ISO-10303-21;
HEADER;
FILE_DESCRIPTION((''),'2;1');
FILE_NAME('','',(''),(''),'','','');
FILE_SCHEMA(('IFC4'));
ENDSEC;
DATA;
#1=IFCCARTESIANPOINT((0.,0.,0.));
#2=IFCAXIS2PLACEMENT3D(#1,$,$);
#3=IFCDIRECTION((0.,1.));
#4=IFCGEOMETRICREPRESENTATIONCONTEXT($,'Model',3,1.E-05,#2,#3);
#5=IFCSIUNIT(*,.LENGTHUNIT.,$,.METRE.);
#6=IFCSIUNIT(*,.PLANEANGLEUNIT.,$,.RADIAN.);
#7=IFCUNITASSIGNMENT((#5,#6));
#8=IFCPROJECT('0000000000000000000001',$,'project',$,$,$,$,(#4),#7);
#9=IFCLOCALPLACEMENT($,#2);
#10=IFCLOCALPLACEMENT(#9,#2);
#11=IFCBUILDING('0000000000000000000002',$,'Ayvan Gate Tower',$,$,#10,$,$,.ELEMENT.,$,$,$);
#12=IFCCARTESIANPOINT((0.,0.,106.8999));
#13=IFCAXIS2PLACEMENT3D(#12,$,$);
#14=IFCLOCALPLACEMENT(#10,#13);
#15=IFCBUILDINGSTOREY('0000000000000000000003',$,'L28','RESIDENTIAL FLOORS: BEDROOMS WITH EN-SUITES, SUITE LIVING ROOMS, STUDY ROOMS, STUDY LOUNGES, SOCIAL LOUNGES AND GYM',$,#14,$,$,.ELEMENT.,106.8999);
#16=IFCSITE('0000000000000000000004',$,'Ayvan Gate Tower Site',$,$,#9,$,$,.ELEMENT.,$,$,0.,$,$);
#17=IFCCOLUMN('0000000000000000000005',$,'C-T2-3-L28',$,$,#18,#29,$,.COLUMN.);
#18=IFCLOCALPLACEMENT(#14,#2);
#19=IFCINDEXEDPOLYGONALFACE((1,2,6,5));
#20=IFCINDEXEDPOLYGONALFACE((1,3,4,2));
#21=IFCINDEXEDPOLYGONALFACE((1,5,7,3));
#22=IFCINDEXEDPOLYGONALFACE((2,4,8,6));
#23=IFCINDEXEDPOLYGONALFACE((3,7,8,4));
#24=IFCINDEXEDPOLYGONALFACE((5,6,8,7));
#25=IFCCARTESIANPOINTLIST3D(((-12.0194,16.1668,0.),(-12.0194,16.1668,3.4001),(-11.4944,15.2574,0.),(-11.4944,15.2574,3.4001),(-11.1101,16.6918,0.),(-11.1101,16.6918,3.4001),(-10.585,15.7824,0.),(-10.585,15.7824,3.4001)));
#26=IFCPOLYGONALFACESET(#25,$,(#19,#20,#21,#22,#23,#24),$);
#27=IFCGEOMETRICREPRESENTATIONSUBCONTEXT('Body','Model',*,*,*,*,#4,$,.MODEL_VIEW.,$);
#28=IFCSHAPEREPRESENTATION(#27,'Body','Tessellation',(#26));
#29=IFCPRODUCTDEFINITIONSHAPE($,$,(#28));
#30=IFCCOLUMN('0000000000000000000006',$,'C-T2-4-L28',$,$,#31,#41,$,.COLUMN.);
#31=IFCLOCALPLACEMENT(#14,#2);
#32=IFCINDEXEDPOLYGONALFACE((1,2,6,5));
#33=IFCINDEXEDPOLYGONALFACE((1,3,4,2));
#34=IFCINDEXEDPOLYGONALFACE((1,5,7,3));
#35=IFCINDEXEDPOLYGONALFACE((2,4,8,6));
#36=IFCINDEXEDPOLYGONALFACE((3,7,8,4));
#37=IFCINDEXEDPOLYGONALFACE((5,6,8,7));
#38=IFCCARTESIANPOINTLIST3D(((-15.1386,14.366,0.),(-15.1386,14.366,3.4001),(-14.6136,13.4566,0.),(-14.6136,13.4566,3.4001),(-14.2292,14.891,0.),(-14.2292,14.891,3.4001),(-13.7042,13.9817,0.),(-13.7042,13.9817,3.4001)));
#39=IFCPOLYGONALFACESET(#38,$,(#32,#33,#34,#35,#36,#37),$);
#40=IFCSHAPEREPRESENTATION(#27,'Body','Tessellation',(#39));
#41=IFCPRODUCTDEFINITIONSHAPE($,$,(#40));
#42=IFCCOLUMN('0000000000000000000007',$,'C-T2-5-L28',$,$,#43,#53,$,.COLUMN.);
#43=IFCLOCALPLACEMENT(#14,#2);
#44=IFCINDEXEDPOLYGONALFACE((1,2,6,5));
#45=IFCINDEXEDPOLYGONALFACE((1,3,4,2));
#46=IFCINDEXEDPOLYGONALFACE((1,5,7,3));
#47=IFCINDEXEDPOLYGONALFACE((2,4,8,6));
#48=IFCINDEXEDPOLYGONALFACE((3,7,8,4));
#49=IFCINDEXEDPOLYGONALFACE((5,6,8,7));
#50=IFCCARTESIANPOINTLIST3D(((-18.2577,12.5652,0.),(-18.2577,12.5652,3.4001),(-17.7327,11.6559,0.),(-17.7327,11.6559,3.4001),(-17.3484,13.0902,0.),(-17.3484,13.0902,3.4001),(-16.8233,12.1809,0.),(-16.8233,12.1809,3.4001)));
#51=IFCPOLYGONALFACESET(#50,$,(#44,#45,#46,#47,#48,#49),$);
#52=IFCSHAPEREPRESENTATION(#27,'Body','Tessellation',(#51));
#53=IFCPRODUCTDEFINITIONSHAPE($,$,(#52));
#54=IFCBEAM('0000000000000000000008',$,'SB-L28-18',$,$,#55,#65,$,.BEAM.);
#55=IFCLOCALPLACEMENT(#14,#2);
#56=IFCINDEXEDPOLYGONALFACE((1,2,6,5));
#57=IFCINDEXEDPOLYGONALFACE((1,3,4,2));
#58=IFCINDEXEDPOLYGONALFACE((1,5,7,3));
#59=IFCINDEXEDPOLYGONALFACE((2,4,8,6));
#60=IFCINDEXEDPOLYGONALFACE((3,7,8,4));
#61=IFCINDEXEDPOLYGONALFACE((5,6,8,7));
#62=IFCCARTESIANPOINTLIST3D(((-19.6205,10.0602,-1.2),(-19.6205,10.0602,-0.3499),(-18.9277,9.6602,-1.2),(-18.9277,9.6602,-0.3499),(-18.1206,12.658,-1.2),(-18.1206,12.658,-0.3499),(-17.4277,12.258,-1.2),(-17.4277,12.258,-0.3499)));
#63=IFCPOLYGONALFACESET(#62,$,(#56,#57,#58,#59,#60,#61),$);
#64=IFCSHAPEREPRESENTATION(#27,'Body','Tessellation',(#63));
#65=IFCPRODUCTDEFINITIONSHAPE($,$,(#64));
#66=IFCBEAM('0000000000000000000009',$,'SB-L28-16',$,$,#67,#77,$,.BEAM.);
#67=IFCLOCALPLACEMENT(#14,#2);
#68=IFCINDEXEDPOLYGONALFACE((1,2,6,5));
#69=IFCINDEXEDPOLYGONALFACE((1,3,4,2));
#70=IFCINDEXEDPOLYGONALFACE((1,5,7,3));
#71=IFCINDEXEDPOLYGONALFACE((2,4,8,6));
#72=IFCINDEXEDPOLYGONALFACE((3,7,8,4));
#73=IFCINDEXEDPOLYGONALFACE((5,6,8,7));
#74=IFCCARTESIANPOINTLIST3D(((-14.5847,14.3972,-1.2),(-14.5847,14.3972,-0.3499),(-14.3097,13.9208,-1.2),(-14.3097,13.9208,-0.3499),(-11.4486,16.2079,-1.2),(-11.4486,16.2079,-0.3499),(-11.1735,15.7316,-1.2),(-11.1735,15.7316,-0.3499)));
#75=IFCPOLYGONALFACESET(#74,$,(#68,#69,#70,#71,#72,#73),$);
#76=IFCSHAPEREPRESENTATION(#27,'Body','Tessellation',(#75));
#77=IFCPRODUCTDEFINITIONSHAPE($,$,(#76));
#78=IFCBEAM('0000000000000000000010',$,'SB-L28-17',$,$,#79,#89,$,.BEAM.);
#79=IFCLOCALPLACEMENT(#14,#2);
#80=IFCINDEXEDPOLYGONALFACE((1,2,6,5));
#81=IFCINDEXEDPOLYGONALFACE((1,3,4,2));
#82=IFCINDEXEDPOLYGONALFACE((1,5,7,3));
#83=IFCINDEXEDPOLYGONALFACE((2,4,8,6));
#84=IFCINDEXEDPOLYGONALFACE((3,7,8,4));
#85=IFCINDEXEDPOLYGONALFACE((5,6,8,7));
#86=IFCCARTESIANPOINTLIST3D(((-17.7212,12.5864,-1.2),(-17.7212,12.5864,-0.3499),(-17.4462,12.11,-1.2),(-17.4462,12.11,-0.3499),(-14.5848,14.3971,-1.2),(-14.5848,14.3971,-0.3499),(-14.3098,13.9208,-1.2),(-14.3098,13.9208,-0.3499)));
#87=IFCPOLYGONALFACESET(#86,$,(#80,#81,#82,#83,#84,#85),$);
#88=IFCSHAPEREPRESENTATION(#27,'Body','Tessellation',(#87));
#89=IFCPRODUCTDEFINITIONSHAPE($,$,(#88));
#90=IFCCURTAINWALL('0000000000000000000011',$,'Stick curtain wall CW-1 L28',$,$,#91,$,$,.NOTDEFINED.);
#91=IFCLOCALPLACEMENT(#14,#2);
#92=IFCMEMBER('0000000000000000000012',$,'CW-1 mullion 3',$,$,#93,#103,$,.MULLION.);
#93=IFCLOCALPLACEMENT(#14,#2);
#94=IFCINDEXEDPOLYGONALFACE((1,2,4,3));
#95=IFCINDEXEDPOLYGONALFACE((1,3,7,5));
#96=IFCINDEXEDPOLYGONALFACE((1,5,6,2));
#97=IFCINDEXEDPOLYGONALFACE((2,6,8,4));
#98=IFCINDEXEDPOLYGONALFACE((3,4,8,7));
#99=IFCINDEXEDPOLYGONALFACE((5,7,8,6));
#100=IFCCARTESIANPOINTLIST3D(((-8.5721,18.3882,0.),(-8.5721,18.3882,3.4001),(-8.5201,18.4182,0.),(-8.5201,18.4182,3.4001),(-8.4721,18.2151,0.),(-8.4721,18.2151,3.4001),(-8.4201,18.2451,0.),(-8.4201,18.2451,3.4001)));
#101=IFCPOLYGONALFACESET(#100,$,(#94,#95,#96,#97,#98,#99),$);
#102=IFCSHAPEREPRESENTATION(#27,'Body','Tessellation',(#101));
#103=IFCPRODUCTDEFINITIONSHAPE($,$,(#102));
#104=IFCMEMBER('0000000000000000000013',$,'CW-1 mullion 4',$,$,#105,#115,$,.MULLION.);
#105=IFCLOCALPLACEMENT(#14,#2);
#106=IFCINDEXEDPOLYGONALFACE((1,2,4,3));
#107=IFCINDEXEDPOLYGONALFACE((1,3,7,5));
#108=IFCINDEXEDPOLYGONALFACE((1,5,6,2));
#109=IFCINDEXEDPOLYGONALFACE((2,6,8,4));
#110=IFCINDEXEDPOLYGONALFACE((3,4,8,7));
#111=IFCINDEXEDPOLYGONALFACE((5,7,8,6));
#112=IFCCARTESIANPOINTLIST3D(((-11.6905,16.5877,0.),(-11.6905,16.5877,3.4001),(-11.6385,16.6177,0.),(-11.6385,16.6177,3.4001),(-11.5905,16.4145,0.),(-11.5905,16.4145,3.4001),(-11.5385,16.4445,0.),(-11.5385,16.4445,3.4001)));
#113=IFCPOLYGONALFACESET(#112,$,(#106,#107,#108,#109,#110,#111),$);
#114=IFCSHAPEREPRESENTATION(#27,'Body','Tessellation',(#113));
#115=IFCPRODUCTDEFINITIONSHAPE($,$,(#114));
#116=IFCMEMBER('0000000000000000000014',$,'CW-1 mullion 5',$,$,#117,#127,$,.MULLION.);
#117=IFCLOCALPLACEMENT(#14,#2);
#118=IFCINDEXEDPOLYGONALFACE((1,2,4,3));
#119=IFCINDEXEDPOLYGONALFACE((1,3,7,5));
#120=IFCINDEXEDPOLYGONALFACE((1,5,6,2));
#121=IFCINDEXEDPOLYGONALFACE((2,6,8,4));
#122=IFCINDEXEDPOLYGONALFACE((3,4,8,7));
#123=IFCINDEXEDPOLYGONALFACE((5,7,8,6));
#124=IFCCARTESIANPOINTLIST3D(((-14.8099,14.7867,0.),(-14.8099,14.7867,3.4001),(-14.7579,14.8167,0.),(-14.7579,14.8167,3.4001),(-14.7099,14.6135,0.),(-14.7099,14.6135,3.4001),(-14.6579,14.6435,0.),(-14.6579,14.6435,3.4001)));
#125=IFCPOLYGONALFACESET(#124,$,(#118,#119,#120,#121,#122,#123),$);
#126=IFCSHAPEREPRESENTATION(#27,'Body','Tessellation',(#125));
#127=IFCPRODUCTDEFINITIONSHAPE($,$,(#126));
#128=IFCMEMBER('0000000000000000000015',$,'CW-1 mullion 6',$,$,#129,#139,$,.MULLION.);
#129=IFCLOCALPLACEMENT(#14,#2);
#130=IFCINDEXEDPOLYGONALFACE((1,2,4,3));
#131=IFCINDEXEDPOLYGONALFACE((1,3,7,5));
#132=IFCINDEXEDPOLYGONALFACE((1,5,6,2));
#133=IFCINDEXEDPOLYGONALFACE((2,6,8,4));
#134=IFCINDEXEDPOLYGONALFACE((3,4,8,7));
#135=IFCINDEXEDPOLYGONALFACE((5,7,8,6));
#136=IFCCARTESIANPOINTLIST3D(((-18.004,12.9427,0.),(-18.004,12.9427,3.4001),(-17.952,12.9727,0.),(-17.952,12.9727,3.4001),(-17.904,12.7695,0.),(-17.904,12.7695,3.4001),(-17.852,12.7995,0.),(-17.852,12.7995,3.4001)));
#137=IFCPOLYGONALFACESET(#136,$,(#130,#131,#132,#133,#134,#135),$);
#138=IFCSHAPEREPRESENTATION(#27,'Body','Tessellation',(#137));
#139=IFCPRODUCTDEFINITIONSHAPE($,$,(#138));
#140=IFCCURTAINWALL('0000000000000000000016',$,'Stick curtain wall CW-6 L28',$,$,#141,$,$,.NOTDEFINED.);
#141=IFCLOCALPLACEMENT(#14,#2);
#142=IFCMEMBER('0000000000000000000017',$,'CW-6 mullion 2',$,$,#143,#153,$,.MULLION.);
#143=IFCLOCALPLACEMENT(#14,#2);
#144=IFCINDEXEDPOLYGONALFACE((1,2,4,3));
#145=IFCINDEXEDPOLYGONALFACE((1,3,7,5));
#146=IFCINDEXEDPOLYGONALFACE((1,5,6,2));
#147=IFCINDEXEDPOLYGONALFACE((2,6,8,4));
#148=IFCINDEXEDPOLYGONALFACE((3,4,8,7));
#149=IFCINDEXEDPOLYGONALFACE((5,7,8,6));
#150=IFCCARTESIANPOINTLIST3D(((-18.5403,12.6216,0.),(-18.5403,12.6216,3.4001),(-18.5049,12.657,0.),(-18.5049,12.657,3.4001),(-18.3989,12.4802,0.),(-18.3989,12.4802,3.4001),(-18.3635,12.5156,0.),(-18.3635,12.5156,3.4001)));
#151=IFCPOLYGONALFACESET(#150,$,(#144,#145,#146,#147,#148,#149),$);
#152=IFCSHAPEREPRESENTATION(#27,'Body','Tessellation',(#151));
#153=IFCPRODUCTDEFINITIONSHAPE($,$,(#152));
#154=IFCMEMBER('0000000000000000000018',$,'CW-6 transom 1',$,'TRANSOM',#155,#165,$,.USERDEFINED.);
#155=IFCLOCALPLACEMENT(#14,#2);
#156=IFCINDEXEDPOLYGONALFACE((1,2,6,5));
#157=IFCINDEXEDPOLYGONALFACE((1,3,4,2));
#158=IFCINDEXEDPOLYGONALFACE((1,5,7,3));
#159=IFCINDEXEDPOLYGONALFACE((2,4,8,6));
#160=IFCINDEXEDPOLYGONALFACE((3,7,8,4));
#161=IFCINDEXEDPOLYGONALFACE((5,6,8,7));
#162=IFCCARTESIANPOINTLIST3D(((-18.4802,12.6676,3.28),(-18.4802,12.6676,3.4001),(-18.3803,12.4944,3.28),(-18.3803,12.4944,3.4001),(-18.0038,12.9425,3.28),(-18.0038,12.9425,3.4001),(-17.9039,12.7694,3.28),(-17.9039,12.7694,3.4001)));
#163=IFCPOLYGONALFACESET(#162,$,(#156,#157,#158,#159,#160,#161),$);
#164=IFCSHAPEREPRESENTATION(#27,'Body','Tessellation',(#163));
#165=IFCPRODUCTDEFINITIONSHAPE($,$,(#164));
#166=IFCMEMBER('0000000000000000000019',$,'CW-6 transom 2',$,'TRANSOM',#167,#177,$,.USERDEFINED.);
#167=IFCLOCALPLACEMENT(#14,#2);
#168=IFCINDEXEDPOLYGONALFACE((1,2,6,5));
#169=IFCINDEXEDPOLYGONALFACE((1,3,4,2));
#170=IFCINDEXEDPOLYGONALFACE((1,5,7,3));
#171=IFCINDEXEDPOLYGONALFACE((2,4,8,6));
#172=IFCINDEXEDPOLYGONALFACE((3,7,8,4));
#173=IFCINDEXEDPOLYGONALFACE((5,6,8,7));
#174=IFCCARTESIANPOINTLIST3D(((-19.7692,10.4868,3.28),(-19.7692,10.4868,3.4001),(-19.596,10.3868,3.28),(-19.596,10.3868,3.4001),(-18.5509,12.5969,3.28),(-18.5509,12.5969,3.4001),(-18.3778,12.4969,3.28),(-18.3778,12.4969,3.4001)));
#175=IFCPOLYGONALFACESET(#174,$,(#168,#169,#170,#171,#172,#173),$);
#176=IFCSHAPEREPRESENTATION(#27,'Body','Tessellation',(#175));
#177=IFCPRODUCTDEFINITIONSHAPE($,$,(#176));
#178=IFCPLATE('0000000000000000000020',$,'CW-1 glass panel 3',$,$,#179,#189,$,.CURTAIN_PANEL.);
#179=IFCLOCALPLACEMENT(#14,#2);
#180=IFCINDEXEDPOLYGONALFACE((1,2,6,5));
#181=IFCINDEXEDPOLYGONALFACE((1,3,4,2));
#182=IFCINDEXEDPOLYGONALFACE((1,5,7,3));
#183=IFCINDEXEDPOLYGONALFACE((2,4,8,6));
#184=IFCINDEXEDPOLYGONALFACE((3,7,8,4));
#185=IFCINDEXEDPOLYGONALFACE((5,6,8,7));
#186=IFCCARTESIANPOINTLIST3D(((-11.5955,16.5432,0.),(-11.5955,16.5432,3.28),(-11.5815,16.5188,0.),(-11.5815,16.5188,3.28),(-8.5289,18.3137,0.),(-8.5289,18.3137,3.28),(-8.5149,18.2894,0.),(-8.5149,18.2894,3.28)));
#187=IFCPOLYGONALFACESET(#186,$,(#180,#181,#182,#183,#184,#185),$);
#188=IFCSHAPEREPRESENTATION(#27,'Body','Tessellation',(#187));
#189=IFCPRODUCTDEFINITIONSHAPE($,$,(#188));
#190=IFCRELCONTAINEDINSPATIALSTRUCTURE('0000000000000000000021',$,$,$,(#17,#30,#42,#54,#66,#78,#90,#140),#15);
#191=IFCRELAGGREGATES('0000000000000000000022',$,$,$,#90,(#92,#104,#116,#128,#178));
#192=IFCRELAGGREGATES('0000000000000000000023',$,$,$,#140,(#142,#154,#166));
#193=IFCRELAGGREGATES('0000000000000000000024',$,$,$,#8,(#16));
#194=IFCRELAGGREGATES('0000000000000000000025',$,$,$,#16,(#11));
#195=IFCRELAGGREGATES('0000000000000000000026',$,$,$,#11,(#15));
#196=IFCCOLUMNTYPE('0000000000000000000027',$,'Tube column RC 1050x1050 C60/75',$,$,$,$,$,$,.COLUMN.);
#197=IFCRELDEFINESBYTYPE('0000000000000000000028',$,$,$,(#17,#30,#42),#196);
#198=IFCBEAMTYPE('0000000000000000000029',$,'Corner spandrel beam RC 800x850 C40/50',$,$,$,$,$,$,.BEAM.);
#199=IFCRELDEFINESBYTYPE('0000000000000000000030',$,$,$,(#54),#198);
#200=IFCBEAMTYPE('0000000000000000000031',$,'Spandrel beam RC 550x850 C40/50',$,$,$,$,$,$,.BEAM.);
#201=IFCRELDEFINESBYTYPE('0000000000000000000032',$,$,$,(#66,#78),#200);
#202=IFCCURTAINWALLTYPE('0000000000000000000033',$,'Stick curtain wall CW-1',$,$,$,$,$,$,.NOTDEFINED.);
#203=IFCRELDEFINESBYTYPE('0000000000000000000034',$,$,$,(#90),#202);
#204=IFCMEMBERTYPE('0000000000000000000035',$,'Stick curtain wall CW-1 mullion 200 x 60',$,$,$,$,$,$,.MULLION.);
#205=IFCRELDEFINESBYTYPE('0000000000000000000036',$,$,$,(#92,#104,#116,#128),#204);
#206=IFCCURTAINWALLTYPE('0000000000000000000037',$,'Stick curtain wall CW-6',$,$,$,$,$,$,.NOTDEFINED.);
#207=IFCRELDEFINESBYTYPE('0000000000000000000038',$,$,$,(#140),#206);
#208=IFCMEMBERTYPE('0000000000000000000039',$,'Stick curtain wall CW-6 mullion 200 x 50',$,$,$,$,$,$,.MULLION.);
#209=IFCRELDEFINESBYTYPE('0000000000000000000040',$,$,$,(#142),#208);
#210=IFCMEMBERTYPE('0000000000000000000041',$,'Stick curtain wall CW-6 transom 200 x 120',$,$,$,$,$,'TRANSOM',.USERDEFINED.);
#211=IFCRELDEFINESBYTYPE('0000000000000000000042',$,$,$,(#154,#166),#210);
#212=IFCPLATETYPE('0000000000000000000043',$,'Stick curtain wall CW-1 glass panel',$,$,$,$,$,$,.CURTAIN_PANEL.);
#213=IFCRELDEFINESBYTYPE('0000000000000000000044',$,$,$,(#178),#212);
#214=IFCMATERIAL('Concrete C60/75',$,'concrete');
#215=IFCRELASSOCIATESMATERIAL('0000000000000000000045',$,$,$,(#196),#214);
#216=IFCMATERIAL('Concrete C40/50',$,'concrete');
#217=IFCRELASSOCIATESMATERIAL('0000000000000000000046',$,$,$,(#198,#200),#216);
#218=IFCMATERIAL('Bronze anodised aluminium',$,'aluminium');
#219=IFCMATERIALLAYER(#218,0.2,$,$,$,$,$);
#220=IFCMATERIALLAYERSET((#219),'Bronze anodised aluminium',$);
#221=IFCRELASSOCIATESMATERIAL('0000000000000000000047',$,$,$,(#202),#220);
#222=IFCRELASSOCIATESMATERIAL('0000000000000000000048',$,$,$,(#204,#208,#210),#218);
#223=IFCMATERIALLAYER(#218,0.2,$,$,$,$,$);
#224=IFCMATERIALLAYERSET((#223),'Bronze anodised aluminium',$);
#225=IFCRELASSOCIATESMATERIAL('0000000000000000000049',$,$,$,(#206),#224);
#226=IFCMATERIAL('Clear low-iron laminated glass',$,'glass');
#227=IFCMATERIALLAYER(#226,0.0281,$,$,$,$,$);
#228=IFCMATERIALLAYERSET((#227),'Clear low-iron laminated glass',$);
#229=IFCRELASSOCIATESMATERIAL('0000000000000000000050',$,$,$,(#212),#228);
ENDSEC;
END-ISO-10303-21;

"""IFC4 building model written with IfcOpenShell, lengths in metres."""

from ifc_helpers import new_model, si_unit, direction, frame, origin, origin_2d, place, context, subcontext, project, spatial, rectangle, extrude, material, layer, layer_set, material_profile, profile_set, type_object, element, aggregate, save


model = new_model("IFC4")

# Units and contexts
model_context = context("Model", 3, precision=1e-05, world=origin(), true_north=direction((0.0, 1.0)))
body_context = subcontext(model_context, "Body", "Model", "MODEL_VIEW")
ifc_project = project(units=[si_unit("LENGTHUNIT", "METRE"), si_unit("PLANEANGLEUNIT", "RADIAN")], contexts=[model_context])

# Site, building, storey
site_placement = place(None, origin())
site = spatial("IfcSite", under=ifc_project, at=site_placement, Name="Ayvan Gate Tower Site", CompositionType="ELEMENT", RefElevation=0.0)
building_placement = place(site_placement, origin())
building = spatial("IfcBuilding", under=site, at=building_placement, Name="Ayvan Gate Tower", CompositionType="ELEMENT")
storey_placement = place(building_placement, frame((0.0, 0.0, 106.8999)))
storey = spatial("IfcBuildingStorey", under=building, at=storey_placement, Name="L28", Description="RESIDENTIAL FLOORS: BEDROOMS WITH EN-SUITES, SUITE LIVING ROOMS, STUDY ROOMS, STUDY LOUNGES, SOCIAL LOUNGES AND GYM", CompositionType="ELEMENT", Elevation=106.8999)

# Columns
ifc_material_1 = material(Name="Concrete C60/75", Category="concrete")
ifc_material_profile_1 = material_profile(ifc_material_1, rectangle(XDim=1.05, YDim=1.05, at=origin_2d()), Name="RC 1050x1050")
ifc_profile_set_1 = profile_set([ifc_material_profile_1], Name="Concrete C60/75")
column_type = type_object("IfcColumnType", Name="Tube column RC 1050x1050 C60/75", PredefinedType="COLUMN", material=ifc_profile_set_1)
for number, where, z_axis, x_axis, name in (
    (1, (-11.3022, 15.9746, 0.0), (0.0, 0.0, 1.0), (-0.5, 0.866025, 0.0), "C-T2-3-L28"),
    (2, (-14.4214, 14.1738, 0.0), (0.0, 0.0, 1.0), (-0.5, 0.866025, 0.0), "C-T2-4-L28"),
    (3, (-17.5405, 12.373, 0.0), (0.0, 0.0, 1.0), (-0.5, 0.866025, 0.0), "C-T2-5-L28"),
):
    element("IfcColumn", number, at=place(storey_placement, frame(where, z_axis=z_axis, x_axis=x_axis)), inside=storey, type_object=column_type, Name=name, PredefinedType="COLUMN", context=body_context, shape_type="SweptSolid", body=[
        extrude(rectangle(XDim=1.05, YDim=1.05, at=origin_2d()), origin(), (0.0, 0.0, 1.0), 3.4001),
    ])

# Beams
ifc_material_2 = material(Name="Concrete C40/50", Category="concrete")
ifc_material_profile_2 = material_profile(ifc_material_2, rectangle(XDim=0.8, YDim=0.8501, at=origin_2d()), Name="RC 800x850")
ifc_profile_set_2 = profile_set([ifc_material_profile_2], Name="Concrete C40/50")
beam_type_1 = type_object("IfcBeamType", Name="Corner spandrel beam RC 800x850 C40/50", PredefinedType="BEAM", material=ifc_profile_set_2)
beam_1_placement = place(storey_placement, frame((-17.7742, 12.458, -0.7749), z_axis=(-0.500025, -0.866011, 0.0), x_axis=(0.866011, -0.500025, 0.0)))
element("IfcBeam", 4, at=beam_1_placement, inside=storey, type_object=beam_type_1, Name="SB-L28-18", PredefinedType="BEAM", context=body_context, shape_type="SweptSolid", body=[
    extrude(rectangle(XDim=0.8, YDim=0.8501, at=origin_2d()), origin(), (0.0, 0.0, 1.0), 2.9998),
])
ifc_material_profile_3 = material_profile(ifc_material_2, rectangle(XDim=0.55, YDim=0.8501, at=origin_2d()), Name="RC 550x850")
ifc_profile_set_3 = profile_set([ifc_material_profile_3], Name="Concrete C40/50")
beam_type_2 = type_object("IfcBeamType", Name="Spandrel beam RC 550x850 C40/50", PredefinedType="BEAM", material=ifc_profile_set_3)
beam_2_placement = place(storey_placement, frame((-11.311, 15.9697, -0.7749), z_axis=(-0.866015, -0.500018, 0.0), x_axis=(0.500018, -0.866015, 0.0)))
element("IfcBeam", 5, at=beam_2_placement, inside=storey, type_object=beam_type_2, Name="SB-L28-16", PredefinedType="BEAM", context=body_context, shape_type="SweptSolid", body=[
    extrude(rectangle(XDim=0.55, YDim=0.8501, at=origin_2d()), origin(), (0.0, 0.0, 1.0), 3.6213),
])
beam_3_placement = place(storey_placement, frame((-14.4473, 14.1589, -0.7749), z_axis=(-0.866032, -0.499989, 0.0), x_axis=(0.499989, -0.866032, 0.0)))
element("IfcBeam", 6, at=beam_3_placement, inside=storey, type_object=beam_type_2, Name="SB-L28-17", PredefinedType="BEAM", context=body_context, shape_type="SweptSolid", body=[
    extrude(rectangle(XDim=0.55, YDim=0.8501, at=origin_2d()), origin(), (0.0, 0.0, 1.0), 3.6216),
])

# Curtain walls, members
ifc_material_3 = material(Name="Bronze anodised aluminium", Category="aluminium")
ifc_layer_1 = layer(ifc_material_3, 0.2)
ifc_layer_set_1 = layer_set([ifc_layer_1], Name="Bronze anodised aluminium")
curtain_wall_type_1 = type_object("IfcCurtainWallType", Name="Stick curtain wall CW-1", PredefinedType="NOTDEFINED", material=ifc_layer_set_1)
curtain_wall_1_placement = place(storey_placement, origin())
curtain_wall_1 = element("IfcCurtainWall", 7, at=curtain_wall_1_placement, inside=storey, type_object=curtain_wall_type_1, Name="Stick curtain wall CW-1 L28", PredefinedType="NOTDEFINED")
ifc_material_profile_4 = material_profile(ifc_material_3, rectangle(XDim=0.2, YDim=0.0601, at=origin_2d()), Name="Stick curtain wall CW-1 mullion 200 x 60")
ifc_profile_set_4 = profile_set([ifc_material_profile_4], Name="Bronze anodised aluminium")
member_type_1 = type_object("IfcMemberType", Name="Stick curtain wall CW-1 mullion 200 x 60", PredefinedType="MULLION", material=ifc_profile_set_4)
member_1_placement = place(storey_placement, frame((-8.4961, 18.3167, 0.0), z_axis=(0.0, 0.0, 1.0), x_axis=(-0.5, 0.866025, 0.0)))
member_1 = element("IfcMember", 8, at=member_1_placement, type_object=member_type_1, Name="CW-1 mullion 3", PredefinedType="MULLION", context=body_context, shape_type="SweptSolid", body=[
    extrude(rectangle(XDim=0.2, YDim=0.0601, at=origin_2d()), origin(), (0.0, 0.0, 1.0), 3.4001),
])
member_2_placement = place(storey_placement, frame((-11.6145, 16.5161, 0.0), z_axis=(0.0, 0.0, 1.0), x_axis=(-0.5, 0.866025, 0.0)))
member_2 = element("IfcMember", 9, at=member_2_placement, type_object=member_type_1, Name="CW-1 mullion 4", PredefinedType="MULLION", context=body_context, shape_type="SweptSolid", body=[
    extrude(rectangle(XDim=0.2, YDim=0.0601, at=origin_2d()), origin(), (0.0, 0.0, 1.0), 3.4001),
])
member_3_placement = place(storey_placement, frame((-14.7339, 14.7151, 0.0), z_axis=(0.0, 0.0, 1.0), x_axis=(-0.5, 0.866025, 0.0)))
member_3 = element("IfcMember", 10, at=member_3_placement, type_object=member_type_1, Name="CW-1 mullion 5", PredefinedType="MULLION", context=body_context, shape_type="SweptSolid", body=[
    extrude(rectangle(XDim=0.2, YDim=0.0601, at=origin_2d()), origin(), (0.0, 0.0, 1.0), 3.4001),
])
member_4_placement = place(storey_placement, frame((-17.928, 12.8711, 0.0), z_axis=(0.0, 0.0, 1.0), x_axis=(-0.5, 0.866025, 0.0)))
member_4 = element("IfcMember", 11, at=member_4_placement, type_object=member_type_1, Name="CW-1 mullion 6", PredefinedType="MULLION", context=body_context, shape_type="SweptSolid", body=[
    extrude(rectangle(XDim=0.2, YDim=0.0601, at=origin_2d()), origin(), (0.0, 0.0, 1.0), 3.4001),
])
ifc_layer_2 = layer(ifc_material_3, 0.2)
ifc_layer_set_2 = layer_set([ifc_layer_2], Name="Bronze anodised aluminium")
curtain_wall_type_2 = type_object("IfcCurtainWallType", Name="Stick curtain wall CW-6", PredefinedType="NOTDEFINED", material=ifc_layer_set_2)
curtain_wall_2_placement = place(storey_placement, origin())
curtain_wall_2 = element("IfcCurtainWall", 12, at=curtain_wall_2_placement, inside=storey, type_object=curtain_wall_type_2, Name="Stick curtain wall CW-6 L28", PredefinedType="NOTDEFINED")
ifc_material_profile_5 = material_profile(ifc_material_3, rectangle(XDim=0.2, YDim=0.05, at=origin_2d()), Name="Stick curtain wall CW-6 mullion 200 x 50")
ifc_profile_set_5 = profile_set([ifc_material_profile_5], Name="Bronze anodised aluminium")
member_type_2 = type_object("IfcMemberType", Name="Stick curtain wall CW-6 mullion 200 x 50", PredefinedType="MULLION", material=ifc_profile_set_5)
member_5_placement = place(storey_placement, frame((-18.4519, 12.5686, 0.0), z_axis=(0.0, 0.0, 1.0), x_axis=(-0.707107, 0.707107, 0.0)))
member_5 = element("IfcMember", 13, at=member_5_placement, type_object=member_type_2, Name="CW-6 mullion 2", PredefinedType="MULLION", context=body_context, shape_type="SweptSolid", body=[
    extrude(rectangle(XDim=0.2, YDim=0.05, at=origin_2d()), origin(), (0.0, 0.0, 1.0), 3.4001),
])
ifc_material_profile_6 = material_profile(ifc_material_3, rectangle(XDim=0.2, YDim=0.1201, at=origin_2d()), Name="Stick curtain wall CW-6 transom 200 x 120")
ifc_profile_set_6 = profile_set([ifc_material_profile_6], Name="Bronze anodised aluminium")
member_type_3 = type_object("IfcMemberType", Name="Stick curtain wall CW-6 transom 200 x 120", ElementType="TRANSOM", PredefinedType="USERDEFINED", material=ifc_profile_set_6)
member_6_placement = place(storey_placement, frame((-17.9539, 12.856, 3.3401), z_axis=(-0.866104, -0.499863, 0.0), x_axis=(0.499863, -0.866104, 0.0)))
member_6 = element("IfcMember", 14, at=member_6_placement, type_object=member_type_3, Name="CW-6 transom 1", ObjectType="TRANSOM", PredefinedType="USERDEFINED", context=body_context, shape_type="SweptSolid", body=[
    extrude(rectangle(XDim=0.2, YDim=0.1201, at=origin_2d()), origin(), (0.0, 0.0, 1.0), 0.55),
])
member_7_placement = place(storey_placement, frame((-18.4644, 12.5469, 3.3401), z_axis=(-0.499997, -0.866027, 0.0), x_axis=(0.866027, -0.499997, 0.0)))
member_7 = element("IfcMember", 15, at=member_7_placement, type_object=member_type_3, Name="CW-6 transom 2", ObjectType="TRANSOM", PredefinedType="USERDEFINED", context=body_context, shape_type="SweptSolid", body=[
    extrude(rectangle(XDim=0.2, YDim=0.1201, at=origin_2d()), origin(), (0.0, 0.0, 1.0), 2.4365),
])

# Plate
ifc_material_4 = material(Name="Clear low-iron laminated glass", Category="glass")
ifc_layer_3 = layer(ifc_material_4, 0.0281)
ifc_layer_set_3 = layer_set([ifc_layer_3], Name="Clear low-iron laminated glass")
plate_type_1 = type_object("IfcPlateType", Name="Stick curtain wall CW-1 glass panel", PredefinedType="CURTAIN_PANEL", material=ifc_layer_set_3)
plate_1_placement = place(storey_placement, frame((-10.0552, 17.4163, 0.0), z_axis=(0.0, 0.0, 1.0), x_axis=(-0.866025, -0.5, 0.0)))
plate_1 = element("IfcPlate", 16, at=plate_1_placement, type_object=plate_type_1, Name="CW-1 glass panel 3", PredefinedType="CURTAIN_PANEL", context=body_context, shape_type="SweptSolid", body=[
    extrude(rectangle(XDim=3.541, YDim=0.0281, at=origin_2d()), origin(), (0.0, 0.0, 1.0), 3.28),
])
aggregate(curtain_wall_1, [member_1, member_2, member_3, member_4, plate_1])
aggregate(curtain_wall_2, [member_5, member_6, member_7])

save(model, "model.ifc")
